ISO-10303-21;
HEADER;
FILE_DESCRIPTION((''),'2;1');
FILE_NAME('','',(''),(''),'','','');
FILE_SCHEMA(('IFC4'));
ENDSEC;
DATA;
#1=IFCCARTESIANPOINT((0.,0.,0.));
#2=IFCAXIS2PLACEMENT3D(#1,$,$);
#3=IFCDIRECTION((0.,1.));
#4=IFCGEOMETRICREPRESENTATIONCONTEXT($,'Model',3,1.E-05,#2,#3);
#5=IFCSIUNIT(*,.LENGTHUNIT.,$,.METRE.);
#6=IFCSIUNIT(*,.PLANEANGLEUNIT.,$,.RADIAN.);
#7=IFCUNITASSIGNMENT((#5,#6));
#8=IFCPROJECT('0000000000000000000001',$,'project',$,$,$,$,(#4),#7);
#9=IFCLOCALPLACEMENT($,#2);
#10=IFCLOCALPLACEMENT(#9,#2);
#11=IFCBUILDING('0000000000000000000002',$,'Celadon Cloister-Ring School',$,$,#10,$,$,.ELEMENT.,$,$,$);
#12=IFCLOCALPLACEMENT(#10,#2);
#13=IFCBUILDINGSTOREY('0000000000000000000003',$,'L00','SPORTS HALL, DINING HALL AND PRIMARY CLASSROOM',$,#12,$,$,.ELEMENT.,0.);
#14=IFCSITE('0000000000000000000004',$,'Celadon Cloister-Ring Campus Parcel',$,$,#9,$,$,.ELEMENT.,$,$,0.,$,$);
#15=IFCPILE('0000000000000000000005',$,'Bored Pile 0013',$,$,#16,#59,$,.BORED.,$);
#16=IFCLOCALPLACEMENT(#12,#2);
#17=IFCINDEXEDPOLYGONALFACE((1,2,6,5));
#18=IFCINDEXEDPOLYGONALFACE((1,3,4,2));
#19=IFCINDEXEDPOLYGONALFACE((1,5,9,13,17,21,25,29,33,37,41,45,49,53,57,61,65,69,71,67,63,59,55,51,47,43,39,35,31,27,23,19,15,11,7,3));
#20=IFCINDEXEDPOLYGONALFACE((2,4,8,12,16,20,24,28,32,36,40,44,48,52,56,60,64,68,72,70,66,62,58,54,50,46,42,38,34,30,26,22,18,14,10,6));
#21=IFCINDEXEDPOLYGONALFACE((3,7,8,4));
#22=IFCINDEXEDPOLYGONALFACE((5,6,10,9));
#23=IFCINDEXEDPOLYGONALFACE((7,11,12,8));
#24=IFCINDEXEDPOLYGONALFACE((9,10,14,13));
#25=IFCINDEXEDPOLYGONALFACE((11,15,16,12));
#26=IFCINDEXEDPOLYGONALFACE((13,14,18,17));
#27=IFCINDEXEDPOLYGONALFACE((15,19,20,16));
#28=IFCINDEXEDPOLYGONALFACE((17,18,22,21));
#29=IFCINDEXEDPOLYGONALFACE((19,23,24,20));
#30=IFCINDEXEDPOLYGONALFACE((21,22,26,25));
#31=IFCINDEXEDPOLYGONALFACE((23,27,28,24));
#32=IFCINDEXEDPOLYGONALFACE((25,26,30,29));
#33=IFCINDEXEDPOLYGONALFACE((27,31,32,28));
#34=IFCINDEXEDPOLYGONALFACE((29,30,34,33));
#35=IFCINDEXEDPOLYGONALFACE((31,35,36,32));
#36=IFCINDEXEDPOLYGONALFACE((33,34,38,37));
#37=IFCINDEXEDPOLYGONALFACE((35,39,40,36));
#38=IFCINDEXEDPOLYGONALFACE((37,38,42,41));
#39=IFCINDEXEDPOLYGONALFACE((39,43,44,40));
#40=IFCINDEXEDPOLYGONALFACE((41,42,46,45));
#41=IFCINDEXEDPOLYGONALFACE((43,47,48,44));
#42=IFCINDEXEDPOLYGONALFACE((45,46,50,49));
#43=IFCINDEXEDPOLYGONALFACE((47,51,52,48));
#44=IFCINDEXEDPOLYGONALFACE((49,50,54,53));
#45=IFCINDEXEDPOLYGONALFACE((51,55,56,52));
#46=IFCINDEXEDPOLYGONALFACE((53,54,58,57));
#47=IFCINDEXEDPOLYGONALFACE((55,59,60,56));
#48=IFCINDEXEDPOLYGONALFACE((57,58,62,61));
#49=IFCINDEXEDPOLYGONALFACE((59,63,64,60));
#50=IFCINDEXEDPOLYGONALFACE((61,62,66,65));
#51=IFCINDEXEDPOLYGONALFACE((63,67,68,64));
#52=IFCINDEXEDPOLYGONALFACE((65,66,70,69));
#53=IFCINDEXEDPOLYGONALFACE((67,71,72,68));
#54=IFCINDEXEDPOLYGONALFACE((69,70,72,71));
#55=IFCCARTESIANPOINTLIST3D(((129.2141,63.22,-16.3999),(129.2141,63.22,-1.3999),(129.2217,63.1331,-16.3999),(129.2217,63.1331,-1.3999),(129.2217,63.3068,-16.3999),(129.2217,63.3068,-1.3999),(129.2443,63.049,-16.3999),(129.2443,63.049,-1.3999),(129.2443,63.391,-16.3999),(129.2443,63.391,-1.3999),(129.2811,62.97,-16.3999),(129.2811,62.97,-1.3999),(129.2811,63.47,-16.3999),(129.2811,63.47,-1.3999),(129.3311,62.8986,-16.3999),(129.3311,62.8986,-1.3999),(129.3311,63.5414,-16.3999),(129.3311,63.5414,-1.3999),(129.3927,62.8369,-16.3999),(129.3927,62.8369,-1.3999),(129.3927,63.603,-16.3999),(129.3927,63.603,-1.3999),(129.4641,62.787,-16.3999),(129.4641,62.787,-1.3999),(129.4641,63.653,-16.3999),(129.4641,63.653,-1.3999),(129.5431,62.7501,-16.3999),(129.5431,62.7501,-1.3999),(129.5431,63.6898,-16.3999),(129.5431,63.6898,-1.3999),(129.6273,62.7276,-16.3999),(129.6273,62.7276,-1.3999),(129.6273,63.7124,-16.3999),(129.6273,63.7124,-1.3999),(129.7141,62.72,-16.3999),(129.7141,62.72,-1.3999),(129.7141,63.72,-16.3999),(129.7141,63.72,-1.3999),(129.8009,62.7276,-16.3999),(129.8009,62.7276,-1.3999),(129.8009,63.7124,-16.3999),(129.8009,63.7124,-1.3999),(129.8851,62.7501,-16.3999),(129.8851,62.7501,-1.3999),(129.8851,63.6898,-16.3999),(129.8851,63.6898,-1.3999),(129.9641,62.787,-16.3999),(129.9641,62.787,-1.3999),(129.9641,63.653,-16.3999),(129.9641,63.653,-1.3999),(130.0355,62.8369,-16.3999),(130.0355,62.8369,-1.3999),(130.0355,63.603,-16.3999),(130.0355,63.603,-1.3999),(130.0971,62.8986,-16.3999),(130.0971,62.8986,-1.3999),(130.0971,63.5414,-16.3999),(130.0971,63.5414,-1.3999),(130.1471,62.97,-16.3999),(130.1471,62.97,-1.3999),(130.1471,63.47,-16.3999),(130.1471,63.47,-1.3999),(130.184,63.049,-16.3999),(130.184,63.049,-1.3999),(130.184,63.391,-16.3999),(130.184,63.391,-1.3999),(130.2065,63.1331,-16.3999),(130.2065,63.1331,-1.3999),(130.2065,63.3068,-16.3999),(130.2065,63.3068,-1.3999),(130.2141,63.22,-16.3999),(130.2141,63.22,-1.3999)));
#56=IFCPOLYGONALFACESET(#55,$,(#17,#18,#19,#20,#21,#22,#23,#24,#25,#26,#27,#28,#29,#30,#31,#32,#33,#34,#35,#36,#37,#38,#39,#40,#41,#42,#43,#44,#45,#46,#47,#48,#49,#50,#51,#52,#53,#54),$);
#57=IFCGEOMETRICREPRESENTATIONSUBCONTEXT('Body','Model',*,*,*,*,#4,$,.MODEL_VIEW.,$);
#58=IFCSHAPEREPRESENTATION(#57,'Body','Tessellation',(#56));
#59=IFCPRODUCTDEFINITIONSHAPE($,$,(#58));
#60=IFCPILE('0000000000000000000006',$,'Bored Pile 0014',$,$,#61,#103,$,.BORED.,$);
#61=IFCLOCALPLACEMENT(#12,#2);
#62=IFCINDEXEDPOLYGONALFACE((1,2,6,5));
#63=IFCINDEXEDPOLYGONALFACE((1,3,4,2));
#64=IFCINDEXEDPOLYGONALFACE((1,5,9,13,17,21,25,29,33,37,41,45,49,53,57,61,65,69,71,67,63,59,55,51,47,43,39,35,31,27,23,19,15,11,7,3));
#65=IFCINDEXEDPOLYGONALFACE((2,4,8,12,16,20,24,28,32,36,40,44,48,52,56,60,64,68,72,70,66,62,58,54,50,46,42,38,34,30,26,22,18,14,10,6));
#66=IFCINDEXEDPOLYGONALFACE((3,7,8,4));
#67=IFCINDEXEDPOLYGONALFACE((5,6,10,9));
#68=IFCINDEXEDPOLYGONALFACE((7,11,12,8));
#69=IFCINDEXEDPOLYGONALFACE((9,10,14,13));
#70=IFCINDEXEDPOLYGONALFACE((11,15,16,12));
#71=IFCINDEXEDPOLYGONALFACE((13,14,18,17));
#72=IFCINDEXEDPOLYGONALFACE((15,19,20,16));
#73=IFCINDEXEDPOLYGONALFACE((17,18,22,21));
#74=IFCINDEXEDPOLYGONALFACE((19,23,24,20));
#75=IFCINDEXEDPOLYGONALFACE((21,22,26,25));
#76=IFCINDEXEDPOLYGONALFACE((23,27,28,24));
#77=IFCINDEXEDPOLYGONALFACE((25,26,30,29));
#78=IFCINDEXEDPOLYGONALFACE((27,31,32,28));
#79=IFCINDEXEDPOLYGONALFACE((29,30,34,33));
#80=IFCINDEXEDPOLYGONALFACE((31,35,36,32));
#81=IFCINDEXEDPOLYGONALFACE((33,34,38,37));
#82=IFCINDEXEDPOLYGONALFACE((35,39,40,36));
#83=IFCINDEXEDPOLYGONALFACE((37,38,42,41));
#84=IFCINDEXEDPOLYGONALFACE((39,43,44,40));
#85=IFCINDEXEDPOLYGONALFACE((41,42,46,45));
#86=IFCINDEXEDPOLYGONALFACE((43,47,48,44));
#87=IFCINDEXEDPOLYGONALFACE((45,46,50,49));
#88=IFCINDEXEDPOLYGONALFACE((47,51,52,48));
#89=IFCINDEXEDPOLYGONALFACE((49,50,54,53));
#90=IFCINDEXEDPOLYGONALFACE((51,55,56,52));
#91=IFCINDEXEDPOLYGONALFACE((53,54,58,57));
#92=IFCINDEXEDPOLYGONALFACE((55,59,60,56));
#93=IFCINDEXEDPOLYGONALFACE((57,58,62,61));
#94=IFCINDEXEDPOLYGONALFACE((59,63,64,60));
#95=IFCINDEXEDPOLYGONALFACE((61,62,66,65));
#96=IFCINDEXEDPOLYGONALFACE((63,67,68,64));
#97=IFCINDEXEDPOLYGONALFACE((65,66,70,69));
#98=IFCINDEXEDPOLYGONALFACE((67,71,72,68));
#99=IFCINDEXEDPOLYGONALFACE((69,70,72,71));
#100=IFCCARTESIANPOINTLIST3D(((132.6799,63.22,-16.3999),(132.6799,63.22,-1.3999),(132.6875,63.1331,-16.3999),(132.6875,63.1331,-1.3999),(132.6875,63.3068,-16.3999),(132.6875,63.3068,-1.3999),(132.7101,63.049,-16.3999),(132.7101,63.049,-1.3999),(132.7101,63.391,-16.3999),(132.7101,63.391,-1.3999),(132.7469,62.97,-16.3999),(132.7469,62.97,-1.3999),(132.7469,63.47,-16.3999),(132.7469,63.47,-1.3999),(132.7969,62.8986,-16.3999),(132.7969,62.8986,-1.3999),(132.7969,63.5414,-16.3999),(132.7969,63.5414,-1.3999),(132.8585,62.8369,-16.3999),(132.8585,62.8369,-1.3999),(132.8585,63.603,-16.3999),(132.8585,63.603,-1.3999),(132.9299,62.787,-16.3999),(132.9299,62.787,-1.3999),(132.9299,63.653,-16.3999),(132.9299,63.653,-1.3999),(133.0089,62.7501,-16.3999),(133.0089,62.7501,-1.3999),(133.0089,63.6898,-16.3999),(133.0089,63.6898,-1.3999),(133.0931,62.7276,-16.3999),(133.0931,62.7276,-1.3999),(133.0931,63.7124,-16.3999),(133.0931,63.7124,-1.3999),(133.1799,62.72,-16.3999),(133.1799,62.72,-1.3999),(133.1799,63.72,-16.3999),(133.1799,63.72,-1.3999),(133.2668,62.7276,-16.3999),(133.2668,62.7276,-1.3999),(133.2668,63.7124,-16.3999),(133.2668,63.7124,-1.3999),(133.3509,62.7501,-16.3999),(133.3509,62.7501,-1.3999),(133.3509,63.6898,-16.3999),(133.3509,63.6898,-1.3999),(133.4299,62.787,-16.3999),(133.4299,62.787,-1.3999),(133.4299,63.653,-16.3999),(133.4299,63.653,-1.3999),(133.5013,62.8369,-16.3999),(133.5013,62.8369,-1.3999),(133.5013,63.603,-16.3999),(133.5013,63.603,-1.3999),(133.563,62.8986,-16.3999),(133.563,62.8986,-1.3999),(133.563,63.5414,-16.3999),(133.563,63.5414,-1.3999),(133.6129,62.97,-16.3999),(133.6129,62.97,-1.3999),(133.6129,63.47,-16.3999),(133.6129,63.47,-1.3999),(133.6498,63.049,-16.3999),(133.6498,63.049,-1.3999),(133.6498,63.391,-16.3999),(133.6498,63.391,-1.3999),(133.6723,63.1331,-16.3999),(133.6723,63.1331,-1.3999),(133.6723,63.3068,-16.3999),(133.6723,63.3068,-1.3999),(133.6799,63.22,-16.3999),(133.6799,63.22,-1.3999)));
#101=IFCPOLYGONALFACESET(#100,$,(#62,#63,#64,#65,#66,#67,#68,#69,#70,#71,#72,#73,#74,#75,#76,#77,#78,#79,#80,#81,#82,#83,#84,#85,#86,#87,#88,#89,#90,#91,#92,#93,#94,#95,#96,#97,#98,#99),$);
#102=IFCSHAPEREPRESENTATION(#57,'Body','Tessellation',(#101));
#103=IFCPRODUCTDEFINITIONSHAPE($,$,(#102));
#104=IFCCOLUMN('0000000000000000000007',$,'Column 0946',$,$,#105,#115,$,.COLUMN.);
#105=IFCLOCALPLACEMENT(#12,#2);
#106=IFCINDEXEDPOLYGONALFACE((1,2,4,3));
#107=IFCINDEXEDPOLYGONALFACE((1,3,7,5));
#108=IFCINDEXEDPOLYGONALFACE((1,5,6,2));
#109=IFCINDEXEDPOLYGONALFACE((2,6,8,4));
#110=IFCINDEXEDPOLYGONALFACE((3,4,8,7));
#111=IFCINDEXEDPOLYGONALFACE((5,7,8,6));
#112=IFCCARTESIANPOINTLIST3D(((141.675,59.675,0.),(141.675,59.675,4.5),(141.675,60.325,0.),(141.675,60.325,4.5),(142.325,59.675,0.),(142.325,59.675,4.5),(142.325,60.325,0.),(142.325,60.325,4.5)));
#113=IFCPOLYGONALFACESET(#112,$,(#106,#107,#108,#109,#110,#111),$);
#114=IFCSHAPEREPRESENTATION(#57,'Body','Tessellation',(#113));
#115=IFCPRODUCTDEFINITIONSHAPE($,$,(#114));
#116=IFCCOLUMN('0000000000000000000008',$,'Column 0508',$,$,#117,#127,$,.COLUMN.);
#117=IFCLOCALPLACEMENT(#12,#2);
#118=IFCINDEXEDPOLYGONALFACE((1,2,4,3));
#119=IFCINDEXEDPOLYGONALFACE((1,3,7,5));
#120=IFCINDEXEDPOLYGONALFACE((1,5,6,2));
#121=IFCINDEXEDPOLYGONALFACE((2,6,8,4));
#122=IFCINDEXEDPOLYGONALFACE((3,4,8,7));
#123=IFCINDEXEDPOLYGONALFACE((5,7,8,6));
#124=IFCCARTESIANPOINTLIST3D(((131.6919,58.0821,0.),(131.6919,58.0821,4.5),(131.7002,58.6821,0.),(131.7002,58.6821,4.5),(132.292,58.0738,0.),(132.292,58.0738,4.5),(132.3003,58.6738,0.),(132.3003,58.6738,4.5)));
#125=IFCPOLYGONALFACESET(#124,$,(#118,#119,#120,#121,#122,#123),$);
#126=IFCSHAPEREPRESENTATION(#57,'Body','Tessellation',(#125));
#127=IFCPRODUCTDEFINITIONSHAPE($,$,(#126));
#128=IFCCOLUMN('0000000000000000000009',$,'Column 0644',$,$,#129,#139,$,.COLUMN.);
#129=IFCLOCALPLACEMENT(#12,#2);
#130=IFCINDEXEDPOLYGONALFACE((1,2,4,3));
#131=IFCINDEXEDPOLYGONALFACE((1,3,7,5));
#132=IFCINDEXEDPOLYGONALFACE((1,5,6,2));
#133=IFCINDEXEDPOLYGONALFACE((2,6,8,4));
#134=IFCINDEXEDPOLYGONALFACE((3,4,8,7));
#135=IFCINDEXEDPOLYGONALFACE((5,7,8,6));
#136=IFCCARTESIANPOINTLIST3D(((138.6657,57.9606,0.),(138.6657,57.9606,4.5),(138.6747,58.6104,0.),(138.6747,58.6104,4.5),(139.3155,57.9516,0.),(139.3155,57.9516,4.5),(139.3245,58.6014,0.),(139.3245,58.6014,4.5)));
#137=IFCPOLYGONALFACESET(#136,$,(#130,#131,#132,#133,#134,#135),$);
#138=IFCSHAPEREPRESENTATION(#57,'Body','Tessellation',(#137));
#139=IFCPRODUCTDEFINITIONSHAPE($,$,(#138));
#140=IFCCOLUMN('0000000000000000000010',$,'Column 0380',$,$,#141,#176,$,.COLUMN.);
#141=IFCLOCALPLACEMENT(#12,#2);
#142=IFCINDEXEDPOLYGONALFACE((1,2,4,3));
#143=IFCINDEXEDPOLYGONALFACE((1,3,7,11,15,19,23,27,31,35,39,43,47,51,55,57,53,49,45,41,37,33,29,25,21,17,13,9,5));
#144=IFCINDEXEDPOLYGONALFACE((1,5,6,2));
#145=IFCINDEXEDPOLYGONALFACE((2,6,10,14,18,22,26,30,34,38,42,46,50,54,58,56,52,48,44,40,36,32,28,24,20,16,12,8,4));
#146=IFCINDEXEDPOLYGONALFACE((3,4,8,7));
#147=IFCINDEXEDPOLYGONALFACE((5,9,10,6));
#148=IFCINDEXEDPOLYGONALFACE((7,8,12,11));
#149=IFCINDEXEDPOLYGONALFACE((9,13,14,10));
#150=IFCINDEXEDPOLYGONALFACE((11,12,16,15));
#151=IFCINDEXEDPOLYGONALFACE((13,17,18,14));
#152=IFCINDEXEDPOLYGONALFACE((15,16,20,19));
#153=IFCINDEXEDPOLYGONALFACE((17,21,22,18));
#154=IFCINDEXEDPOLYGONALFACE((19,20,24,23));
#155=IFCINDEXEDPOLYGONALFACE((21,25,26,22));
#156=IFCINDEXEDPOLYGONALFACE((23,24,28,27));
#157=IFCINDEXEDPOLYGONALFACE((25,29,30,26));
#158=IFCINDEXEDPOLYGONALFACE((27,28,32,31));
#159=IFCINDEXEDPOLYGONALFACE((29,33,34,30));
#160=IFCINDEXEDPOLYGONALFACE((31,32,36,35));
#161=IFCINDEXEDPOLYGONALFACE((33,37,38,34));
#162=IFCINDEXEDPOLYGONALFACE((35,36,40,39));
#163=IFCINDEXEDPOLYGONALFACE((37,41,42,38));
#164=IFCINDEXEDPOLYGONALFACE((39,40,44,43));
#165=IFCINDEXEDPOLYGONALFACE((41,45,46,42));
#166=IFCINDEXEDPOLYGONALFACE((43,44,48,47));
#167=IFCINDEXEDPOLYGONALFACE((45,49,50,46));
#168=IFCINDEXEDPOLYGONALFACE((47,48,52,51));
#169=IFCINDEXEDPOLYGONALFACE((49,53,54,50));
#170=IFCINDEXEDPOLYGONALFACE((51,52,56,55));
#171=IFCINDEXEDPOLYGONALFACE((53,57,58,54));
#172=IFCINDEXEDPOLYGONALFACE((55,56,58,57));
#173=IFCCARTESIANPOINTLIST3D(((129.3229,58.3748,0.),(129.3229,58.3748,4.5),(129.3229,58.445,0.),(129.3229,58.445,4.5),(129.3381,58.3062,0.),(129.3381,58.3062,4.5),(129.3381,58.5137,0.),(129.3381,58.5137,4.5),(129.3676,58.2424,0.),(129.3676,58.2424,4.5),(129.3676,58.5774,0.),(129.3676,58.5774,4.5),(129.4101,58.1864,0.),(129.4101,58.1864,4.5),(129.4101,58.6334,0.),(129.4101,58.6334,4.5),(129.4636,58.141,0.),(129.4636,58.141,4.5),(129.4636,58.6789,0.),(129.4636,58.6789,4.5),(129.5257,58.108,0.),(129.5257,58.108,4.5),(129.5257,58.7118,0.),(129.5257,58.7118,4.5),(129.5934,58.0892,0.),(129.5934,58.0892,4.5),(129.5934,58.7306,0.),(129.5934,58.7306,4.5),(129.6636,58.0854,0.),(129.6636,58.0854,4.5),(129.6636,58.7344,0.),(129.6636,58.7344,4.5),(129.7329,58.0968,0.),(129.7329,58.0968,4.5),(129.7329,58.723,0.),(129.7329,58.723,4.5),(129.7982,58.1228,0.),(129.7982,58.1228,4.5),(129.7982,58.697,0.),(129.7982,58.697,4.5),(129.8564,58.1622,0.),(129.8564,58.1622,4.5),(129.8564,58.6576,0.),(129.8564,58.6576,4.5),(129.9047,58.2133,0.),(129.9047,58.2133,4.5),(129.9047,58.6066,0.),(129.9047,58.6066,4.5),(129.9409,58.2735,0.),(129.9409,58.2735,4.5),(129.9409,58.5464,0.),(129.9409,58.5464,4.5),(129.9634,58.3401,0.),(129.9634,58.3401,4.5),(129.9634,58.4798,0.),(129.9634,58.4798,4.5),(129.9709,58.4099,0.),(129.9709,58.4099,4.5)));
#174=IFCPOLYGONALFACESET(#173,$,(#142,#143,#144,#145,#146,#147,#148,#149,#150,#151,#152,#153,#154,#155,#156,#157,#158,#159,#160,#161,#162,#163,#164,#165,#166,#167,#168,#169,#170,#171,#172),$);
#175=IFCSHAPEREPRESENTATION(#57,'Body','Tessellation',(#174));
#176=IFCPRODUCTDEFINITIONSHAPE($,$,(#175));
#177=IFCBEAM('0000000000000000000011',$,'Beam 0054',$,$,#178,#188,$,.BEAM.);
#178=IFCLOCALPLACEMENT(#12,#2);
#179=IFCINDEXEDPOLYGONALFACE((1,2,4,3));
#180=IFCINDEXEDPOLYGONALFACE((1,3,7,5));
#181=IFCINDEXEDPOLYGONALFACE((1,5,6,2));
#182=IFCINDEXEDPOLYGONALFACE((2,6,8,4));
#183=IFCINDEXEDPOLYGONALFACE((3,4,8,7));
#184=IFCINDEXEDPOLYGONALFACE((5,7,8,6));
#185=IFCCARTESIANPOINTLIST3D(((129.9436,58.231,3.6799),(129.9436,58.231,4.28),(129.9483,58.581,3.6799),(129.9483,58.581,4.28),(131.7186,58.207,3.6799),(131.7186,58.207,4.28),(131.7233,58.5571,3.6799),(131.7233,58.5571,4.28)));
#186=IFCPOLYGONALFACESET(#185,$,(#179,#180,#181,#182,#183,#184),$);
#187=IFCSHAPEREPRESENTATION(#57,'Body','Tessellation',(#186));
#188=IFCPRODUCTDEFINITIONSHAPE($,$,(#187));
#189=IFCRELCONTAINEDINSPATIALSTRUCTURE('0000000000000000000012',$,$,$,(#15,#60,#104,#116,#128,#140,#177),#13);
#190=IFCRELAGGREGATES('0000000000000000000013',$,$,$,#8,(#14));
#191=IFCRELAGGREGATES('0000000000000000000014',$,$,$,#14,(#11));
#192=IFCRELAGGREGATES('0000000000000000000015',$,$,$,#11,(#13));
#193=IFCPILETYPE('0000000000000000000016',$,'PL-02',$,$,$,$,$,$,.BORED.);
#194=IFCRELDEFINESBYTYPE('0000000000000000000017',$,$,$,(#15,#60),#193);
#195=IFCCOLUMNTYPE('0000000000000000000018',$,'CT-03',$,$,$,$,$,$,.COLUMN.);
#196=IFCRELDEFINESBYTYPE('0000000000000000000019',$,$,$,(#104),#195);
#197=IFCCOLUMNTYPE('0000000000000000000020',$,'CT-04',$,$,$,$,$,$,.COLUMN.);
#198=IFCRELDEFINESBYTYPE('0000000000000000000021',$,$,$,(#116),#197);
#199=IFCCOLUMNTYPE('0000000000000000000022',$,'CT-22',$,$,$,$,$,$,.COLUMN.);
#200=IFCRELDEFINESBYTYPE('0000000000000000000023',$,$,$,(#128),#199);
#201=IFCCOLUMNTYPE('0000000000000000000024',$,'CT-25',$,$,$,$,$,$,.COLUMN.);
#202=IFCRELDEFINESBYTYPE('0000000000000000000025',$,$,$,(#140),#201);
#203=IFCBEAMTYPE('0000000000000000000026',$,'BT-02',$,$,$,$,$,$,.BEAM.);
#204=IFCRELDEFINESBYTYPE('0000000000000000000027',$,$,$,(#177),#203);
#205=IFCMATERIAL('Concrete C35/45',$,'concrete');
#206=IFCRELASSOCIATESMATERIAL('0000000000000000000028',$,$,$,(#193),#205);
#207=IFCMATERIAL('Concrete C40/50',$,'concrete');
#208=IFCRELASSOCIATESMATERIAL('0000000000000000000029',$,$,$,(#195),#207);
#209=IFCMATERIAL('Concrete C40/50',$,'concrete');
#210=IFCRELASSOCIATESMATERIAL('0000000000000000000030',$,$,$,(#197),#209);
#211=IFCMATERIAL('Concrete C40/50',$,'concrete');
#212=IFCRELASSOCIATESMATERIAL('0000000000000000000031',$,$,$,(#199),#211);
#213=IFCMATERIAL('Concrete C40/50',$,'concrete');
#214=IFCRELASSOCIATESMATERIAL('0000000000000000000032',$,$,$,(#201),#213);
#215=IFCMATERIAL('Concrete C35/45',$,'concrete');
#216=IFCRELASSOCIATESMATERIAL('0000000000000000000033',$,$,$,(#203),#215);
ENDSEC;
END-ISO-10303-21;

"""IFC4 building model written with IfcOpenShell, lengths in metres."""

from ifc_helpers import new_model, si_unit, direction, frame, origin, origin_2d, place, context, subcontext, project, spatial, rectangle, circle, extrude, material, material_profile, profile_set, type_object, element, save


model = new_model("IFC4")

# Units and contexts
model_context = context("Model", 3, precision=1e-05, world=origin(), true_north=direction((0.0, 1.0)))
body_context = subcontext(model_context, "Body", "Model", "MODEL_VIEW")
ifc_project = project(units=[si_unit("LENGTHUNIT", "METRE"), si_unit("PLANEANGLEUNIT", "RADIAN")], contexts=[model_context])

# Site, building, storey
site_placement = place(None, origin())
site = spatial("IfcSite", under=ifc_project, at=site_placement, Name="Celadon Cloister-Ring Campus Parcel", CompositionType="ELEMENT", RefElevation=0.0)
building_placement = place(site_placement, origin())
building = spatial("IfcBuilding", under=site, at=building_placement, Name="Celadon Cloister-Ring School", CompositionType="ELEMENT")
storey_placement = place(building_placement, origin())
storey = spatial("IfcBuildingStorey", under=building, at=storey_placement, Name="L00", Description="SPORTS HALL, DINING HALL AND PRIMARY CLASSROOM", CompositionType="ELEMENT", Elevation=0.0)

# Piles
ifc_material_1 = material(Name="Concrete C35/45", Category="concrete")
ifc_material_profile_1 = material_profile(ifc_material_1, circle(Radius=0.5, at=origin_2d()), Name="PILE1000")
ifc_profile_set_1 = profile_set([ifc_material_profile_1], Name="Concrete C35/45")
pile_type = type_object("IfcPileType", Name="PL-02", PredefinedType="BORED", material=ifc_profile_set_1)
for number, where, z_axis, x_axis, name in (
    (1, (129.7141, 63.22, -1.3999), (0.0, 0.0, -1.0), (1.0, 0.0, 0.0), "Bored Pile 0013"),
    (2, (133.1799, 63.22, -1.3999), (0.0, 0.0, -1.0), (1.0, 0.0, 0.0), "Bored Pile 0014"),
):
    element("IfcPile", number, at=place(storey_placement, frame(where, z_axis=z_axis, x_axis=x_axis)), inside=storey, type_object=pile_type, Name=name, PredefinedType="BORED", context=body_context, shape_type="SweptSolid", body=[
        extrude(circle(Radius=0.5, at=origin_2d()), origin(), (0.0, 0.0, 1.0), 15.0),
    ])

# Columns
ifc_material_2 = material(Name="Concrete C40/50", Category="concrete")
ifc_material_profile_2 = material_profile(ifc_material_2, rectangle(XDim=0.6499, YDim=0.6499, at=origin_2d()), Name="RC650X650")
ifc_profile_set_2 = profile_set([ifc_material_profile_2], Name="Concrete C40/50")
column_type_1 = type_object("IfcColumnType", Name="CT-03", PredefinedType="COLUMN", material=ifc_profile_set_2)
column_1_placement = place(storey_placement, frame((142.0, 60.0, 0.0), z_axis=(0.0, 0.0, 1.0), x_axis=(1.0, 0.0, 0.0)))
element("IfcColumn", 3, at=column_1_placement, inside=storey, type_object=column_type_1, Name="Column 0946", PredefinedType="COLUMN", context=body_context, shape_type="SweptSolid", body=[
    extrude(rectangle(XDim=0.6499, YDim=0.6499, at=origin_2d()), origin(), (0.0, 0.0, 1.0), 4.5),
])
ifc_material_3 = material(Name="Concrete C40/50", Category="concrete")
ifc_material_profile_3 = material_profile(ifc_material_3, rectangle(XDim=0.6001, YDim=0.6001, at=origin_2d()), Name="RC600X600")
ifc_profile_set_3 = profile_set([ifc_material_profile_3], Name="Concrete C40/50")
column_type_2 = type_object("IfcColumnType", Name="CT-04", PredefinedType="COLUMN", material=ifc_profile_set_3)
column_2_placement = place(storey_placement, frame((131.9961, 58.3779, 0.0), z_axis=(0.0, 0.0, 1.0), x_axis=(0.999904, -0.013823, 0.0)))
element("IfcColumn", 4, at=column_2_placement, inside=storey, type_object=column_type_2, Name="Column 0508", PredefinedType="COLUMN", context=body_context, shape_type="SweptSolid", body=[
    extrude(rectangle(XDim=0.6001, YDim=0.6001, at=origin_2d()), origin(), (0.0, 0.0, 1.0), 4.5),
])
ifc_material_4 = material(Name="Concrete C40/50", Category="concrete")
ifc_material_profile_4 = material_profile(ifc_material_4, rectangle(XDim=0.6499, YDim=0.6499, at=origin_2d()), Name="RC650X650")
ifc_profile_set_4 = profile_set([ifc_material_profile_4], Name="Concrete C40/50")
column_type_3 = type_object("IfcColumnType", Name="CT-22", PredefinedType="COLUMN", material=ifc_profile_set_4)
column_3_placement = place(storey_placement, frame((138.9951, 58.281, 0.0), z_axis=(0.0, 0.0, 1.0), x_axis=(0.999904, -0.013823, 0.0)))
element("IfcColumn", 5, at=column_3_placement, inside=storey, type_object=column_type_3, Name="Column 0644", PredefinedType="COLUMN", context=body_context, shape_type="SweptSolid", body=[
    extrude(rectangle(XDim=0.6499, YDim=0.6499, at=origin_2d()), origin(), (0.0, 0.0, 1.0), 4.5),
])
ifc_material_5 = material(Name="Concrete C40/50", Category="concrete")
ifc_material_profile_5 = material_profile(ifc_material_5, circle(Radius=0.325, at=origin_2d()), Name="CIRC650")
ifc_profile_set_5 = profile_set([ifc_material_profile_5], Name="Concrete C40/50")
column_type_4 = type_object("IfcColumnType", Name="CT-25", PredefinedType="COLUMN", material=ifc_profile_set_5)
column_4_placement = place(storey_placement, frame((129.646, 58.4099, 0.0), z_axis=(0.0, 0.0, 1.0), x_axis=(1.0, 0.0, 0.0)))
element("IfcColumn", 6, at=column_4_placement, inside=storey, type_object=column_type_4, Name="Column 0380", PredefinedType="COLUMN", context=body_context, shape_type="SweptSolid", body=[
    extrude(circle(Radius=0.325, at=origin_2d()), origin(), (0.0, 0.0, 1.0), 4.5),
])

# Beam
ifc_material_6 = material(Name="Concrete C35/45", Category="concrete")
ifc_material_profile_6 = material_profile(ifc_material_6, rectangle(XDim=0.3501, YDim=0.6001, at=origin_2d()), Name="RC350X600")
ifc_profile_set_6 = profile_set([ifc_material_profile_6], Name="Concrete C35/45")
beam_type_1 = type_object("IfcBeamType", Name="BT-02", PredefinedType="BEAM", material=ifc_profile_set_6)
beam_1_placement = place(storey_placement, frame((131.7209, 58.3821, 3.98), z_axis=(-0.999909, 0.013479, 0.0), x_axis=(-0.013479, -0.999909, 0.0)))
element("IfcBeam", 7, at=beam_1_placement, inside=storey, type_object=beam_type_1, Name="Beam 0054", PredefinedType="BEAM", context=body_context, shape_type="SweptSolid", body=[
    extrude(rectangle(XDim=0.3501, YDim=0.6001, at=origin_2d()), origin(), (0.0, 0.0, 1.0), 1.7751),
])

save(model, "model.ifc")
